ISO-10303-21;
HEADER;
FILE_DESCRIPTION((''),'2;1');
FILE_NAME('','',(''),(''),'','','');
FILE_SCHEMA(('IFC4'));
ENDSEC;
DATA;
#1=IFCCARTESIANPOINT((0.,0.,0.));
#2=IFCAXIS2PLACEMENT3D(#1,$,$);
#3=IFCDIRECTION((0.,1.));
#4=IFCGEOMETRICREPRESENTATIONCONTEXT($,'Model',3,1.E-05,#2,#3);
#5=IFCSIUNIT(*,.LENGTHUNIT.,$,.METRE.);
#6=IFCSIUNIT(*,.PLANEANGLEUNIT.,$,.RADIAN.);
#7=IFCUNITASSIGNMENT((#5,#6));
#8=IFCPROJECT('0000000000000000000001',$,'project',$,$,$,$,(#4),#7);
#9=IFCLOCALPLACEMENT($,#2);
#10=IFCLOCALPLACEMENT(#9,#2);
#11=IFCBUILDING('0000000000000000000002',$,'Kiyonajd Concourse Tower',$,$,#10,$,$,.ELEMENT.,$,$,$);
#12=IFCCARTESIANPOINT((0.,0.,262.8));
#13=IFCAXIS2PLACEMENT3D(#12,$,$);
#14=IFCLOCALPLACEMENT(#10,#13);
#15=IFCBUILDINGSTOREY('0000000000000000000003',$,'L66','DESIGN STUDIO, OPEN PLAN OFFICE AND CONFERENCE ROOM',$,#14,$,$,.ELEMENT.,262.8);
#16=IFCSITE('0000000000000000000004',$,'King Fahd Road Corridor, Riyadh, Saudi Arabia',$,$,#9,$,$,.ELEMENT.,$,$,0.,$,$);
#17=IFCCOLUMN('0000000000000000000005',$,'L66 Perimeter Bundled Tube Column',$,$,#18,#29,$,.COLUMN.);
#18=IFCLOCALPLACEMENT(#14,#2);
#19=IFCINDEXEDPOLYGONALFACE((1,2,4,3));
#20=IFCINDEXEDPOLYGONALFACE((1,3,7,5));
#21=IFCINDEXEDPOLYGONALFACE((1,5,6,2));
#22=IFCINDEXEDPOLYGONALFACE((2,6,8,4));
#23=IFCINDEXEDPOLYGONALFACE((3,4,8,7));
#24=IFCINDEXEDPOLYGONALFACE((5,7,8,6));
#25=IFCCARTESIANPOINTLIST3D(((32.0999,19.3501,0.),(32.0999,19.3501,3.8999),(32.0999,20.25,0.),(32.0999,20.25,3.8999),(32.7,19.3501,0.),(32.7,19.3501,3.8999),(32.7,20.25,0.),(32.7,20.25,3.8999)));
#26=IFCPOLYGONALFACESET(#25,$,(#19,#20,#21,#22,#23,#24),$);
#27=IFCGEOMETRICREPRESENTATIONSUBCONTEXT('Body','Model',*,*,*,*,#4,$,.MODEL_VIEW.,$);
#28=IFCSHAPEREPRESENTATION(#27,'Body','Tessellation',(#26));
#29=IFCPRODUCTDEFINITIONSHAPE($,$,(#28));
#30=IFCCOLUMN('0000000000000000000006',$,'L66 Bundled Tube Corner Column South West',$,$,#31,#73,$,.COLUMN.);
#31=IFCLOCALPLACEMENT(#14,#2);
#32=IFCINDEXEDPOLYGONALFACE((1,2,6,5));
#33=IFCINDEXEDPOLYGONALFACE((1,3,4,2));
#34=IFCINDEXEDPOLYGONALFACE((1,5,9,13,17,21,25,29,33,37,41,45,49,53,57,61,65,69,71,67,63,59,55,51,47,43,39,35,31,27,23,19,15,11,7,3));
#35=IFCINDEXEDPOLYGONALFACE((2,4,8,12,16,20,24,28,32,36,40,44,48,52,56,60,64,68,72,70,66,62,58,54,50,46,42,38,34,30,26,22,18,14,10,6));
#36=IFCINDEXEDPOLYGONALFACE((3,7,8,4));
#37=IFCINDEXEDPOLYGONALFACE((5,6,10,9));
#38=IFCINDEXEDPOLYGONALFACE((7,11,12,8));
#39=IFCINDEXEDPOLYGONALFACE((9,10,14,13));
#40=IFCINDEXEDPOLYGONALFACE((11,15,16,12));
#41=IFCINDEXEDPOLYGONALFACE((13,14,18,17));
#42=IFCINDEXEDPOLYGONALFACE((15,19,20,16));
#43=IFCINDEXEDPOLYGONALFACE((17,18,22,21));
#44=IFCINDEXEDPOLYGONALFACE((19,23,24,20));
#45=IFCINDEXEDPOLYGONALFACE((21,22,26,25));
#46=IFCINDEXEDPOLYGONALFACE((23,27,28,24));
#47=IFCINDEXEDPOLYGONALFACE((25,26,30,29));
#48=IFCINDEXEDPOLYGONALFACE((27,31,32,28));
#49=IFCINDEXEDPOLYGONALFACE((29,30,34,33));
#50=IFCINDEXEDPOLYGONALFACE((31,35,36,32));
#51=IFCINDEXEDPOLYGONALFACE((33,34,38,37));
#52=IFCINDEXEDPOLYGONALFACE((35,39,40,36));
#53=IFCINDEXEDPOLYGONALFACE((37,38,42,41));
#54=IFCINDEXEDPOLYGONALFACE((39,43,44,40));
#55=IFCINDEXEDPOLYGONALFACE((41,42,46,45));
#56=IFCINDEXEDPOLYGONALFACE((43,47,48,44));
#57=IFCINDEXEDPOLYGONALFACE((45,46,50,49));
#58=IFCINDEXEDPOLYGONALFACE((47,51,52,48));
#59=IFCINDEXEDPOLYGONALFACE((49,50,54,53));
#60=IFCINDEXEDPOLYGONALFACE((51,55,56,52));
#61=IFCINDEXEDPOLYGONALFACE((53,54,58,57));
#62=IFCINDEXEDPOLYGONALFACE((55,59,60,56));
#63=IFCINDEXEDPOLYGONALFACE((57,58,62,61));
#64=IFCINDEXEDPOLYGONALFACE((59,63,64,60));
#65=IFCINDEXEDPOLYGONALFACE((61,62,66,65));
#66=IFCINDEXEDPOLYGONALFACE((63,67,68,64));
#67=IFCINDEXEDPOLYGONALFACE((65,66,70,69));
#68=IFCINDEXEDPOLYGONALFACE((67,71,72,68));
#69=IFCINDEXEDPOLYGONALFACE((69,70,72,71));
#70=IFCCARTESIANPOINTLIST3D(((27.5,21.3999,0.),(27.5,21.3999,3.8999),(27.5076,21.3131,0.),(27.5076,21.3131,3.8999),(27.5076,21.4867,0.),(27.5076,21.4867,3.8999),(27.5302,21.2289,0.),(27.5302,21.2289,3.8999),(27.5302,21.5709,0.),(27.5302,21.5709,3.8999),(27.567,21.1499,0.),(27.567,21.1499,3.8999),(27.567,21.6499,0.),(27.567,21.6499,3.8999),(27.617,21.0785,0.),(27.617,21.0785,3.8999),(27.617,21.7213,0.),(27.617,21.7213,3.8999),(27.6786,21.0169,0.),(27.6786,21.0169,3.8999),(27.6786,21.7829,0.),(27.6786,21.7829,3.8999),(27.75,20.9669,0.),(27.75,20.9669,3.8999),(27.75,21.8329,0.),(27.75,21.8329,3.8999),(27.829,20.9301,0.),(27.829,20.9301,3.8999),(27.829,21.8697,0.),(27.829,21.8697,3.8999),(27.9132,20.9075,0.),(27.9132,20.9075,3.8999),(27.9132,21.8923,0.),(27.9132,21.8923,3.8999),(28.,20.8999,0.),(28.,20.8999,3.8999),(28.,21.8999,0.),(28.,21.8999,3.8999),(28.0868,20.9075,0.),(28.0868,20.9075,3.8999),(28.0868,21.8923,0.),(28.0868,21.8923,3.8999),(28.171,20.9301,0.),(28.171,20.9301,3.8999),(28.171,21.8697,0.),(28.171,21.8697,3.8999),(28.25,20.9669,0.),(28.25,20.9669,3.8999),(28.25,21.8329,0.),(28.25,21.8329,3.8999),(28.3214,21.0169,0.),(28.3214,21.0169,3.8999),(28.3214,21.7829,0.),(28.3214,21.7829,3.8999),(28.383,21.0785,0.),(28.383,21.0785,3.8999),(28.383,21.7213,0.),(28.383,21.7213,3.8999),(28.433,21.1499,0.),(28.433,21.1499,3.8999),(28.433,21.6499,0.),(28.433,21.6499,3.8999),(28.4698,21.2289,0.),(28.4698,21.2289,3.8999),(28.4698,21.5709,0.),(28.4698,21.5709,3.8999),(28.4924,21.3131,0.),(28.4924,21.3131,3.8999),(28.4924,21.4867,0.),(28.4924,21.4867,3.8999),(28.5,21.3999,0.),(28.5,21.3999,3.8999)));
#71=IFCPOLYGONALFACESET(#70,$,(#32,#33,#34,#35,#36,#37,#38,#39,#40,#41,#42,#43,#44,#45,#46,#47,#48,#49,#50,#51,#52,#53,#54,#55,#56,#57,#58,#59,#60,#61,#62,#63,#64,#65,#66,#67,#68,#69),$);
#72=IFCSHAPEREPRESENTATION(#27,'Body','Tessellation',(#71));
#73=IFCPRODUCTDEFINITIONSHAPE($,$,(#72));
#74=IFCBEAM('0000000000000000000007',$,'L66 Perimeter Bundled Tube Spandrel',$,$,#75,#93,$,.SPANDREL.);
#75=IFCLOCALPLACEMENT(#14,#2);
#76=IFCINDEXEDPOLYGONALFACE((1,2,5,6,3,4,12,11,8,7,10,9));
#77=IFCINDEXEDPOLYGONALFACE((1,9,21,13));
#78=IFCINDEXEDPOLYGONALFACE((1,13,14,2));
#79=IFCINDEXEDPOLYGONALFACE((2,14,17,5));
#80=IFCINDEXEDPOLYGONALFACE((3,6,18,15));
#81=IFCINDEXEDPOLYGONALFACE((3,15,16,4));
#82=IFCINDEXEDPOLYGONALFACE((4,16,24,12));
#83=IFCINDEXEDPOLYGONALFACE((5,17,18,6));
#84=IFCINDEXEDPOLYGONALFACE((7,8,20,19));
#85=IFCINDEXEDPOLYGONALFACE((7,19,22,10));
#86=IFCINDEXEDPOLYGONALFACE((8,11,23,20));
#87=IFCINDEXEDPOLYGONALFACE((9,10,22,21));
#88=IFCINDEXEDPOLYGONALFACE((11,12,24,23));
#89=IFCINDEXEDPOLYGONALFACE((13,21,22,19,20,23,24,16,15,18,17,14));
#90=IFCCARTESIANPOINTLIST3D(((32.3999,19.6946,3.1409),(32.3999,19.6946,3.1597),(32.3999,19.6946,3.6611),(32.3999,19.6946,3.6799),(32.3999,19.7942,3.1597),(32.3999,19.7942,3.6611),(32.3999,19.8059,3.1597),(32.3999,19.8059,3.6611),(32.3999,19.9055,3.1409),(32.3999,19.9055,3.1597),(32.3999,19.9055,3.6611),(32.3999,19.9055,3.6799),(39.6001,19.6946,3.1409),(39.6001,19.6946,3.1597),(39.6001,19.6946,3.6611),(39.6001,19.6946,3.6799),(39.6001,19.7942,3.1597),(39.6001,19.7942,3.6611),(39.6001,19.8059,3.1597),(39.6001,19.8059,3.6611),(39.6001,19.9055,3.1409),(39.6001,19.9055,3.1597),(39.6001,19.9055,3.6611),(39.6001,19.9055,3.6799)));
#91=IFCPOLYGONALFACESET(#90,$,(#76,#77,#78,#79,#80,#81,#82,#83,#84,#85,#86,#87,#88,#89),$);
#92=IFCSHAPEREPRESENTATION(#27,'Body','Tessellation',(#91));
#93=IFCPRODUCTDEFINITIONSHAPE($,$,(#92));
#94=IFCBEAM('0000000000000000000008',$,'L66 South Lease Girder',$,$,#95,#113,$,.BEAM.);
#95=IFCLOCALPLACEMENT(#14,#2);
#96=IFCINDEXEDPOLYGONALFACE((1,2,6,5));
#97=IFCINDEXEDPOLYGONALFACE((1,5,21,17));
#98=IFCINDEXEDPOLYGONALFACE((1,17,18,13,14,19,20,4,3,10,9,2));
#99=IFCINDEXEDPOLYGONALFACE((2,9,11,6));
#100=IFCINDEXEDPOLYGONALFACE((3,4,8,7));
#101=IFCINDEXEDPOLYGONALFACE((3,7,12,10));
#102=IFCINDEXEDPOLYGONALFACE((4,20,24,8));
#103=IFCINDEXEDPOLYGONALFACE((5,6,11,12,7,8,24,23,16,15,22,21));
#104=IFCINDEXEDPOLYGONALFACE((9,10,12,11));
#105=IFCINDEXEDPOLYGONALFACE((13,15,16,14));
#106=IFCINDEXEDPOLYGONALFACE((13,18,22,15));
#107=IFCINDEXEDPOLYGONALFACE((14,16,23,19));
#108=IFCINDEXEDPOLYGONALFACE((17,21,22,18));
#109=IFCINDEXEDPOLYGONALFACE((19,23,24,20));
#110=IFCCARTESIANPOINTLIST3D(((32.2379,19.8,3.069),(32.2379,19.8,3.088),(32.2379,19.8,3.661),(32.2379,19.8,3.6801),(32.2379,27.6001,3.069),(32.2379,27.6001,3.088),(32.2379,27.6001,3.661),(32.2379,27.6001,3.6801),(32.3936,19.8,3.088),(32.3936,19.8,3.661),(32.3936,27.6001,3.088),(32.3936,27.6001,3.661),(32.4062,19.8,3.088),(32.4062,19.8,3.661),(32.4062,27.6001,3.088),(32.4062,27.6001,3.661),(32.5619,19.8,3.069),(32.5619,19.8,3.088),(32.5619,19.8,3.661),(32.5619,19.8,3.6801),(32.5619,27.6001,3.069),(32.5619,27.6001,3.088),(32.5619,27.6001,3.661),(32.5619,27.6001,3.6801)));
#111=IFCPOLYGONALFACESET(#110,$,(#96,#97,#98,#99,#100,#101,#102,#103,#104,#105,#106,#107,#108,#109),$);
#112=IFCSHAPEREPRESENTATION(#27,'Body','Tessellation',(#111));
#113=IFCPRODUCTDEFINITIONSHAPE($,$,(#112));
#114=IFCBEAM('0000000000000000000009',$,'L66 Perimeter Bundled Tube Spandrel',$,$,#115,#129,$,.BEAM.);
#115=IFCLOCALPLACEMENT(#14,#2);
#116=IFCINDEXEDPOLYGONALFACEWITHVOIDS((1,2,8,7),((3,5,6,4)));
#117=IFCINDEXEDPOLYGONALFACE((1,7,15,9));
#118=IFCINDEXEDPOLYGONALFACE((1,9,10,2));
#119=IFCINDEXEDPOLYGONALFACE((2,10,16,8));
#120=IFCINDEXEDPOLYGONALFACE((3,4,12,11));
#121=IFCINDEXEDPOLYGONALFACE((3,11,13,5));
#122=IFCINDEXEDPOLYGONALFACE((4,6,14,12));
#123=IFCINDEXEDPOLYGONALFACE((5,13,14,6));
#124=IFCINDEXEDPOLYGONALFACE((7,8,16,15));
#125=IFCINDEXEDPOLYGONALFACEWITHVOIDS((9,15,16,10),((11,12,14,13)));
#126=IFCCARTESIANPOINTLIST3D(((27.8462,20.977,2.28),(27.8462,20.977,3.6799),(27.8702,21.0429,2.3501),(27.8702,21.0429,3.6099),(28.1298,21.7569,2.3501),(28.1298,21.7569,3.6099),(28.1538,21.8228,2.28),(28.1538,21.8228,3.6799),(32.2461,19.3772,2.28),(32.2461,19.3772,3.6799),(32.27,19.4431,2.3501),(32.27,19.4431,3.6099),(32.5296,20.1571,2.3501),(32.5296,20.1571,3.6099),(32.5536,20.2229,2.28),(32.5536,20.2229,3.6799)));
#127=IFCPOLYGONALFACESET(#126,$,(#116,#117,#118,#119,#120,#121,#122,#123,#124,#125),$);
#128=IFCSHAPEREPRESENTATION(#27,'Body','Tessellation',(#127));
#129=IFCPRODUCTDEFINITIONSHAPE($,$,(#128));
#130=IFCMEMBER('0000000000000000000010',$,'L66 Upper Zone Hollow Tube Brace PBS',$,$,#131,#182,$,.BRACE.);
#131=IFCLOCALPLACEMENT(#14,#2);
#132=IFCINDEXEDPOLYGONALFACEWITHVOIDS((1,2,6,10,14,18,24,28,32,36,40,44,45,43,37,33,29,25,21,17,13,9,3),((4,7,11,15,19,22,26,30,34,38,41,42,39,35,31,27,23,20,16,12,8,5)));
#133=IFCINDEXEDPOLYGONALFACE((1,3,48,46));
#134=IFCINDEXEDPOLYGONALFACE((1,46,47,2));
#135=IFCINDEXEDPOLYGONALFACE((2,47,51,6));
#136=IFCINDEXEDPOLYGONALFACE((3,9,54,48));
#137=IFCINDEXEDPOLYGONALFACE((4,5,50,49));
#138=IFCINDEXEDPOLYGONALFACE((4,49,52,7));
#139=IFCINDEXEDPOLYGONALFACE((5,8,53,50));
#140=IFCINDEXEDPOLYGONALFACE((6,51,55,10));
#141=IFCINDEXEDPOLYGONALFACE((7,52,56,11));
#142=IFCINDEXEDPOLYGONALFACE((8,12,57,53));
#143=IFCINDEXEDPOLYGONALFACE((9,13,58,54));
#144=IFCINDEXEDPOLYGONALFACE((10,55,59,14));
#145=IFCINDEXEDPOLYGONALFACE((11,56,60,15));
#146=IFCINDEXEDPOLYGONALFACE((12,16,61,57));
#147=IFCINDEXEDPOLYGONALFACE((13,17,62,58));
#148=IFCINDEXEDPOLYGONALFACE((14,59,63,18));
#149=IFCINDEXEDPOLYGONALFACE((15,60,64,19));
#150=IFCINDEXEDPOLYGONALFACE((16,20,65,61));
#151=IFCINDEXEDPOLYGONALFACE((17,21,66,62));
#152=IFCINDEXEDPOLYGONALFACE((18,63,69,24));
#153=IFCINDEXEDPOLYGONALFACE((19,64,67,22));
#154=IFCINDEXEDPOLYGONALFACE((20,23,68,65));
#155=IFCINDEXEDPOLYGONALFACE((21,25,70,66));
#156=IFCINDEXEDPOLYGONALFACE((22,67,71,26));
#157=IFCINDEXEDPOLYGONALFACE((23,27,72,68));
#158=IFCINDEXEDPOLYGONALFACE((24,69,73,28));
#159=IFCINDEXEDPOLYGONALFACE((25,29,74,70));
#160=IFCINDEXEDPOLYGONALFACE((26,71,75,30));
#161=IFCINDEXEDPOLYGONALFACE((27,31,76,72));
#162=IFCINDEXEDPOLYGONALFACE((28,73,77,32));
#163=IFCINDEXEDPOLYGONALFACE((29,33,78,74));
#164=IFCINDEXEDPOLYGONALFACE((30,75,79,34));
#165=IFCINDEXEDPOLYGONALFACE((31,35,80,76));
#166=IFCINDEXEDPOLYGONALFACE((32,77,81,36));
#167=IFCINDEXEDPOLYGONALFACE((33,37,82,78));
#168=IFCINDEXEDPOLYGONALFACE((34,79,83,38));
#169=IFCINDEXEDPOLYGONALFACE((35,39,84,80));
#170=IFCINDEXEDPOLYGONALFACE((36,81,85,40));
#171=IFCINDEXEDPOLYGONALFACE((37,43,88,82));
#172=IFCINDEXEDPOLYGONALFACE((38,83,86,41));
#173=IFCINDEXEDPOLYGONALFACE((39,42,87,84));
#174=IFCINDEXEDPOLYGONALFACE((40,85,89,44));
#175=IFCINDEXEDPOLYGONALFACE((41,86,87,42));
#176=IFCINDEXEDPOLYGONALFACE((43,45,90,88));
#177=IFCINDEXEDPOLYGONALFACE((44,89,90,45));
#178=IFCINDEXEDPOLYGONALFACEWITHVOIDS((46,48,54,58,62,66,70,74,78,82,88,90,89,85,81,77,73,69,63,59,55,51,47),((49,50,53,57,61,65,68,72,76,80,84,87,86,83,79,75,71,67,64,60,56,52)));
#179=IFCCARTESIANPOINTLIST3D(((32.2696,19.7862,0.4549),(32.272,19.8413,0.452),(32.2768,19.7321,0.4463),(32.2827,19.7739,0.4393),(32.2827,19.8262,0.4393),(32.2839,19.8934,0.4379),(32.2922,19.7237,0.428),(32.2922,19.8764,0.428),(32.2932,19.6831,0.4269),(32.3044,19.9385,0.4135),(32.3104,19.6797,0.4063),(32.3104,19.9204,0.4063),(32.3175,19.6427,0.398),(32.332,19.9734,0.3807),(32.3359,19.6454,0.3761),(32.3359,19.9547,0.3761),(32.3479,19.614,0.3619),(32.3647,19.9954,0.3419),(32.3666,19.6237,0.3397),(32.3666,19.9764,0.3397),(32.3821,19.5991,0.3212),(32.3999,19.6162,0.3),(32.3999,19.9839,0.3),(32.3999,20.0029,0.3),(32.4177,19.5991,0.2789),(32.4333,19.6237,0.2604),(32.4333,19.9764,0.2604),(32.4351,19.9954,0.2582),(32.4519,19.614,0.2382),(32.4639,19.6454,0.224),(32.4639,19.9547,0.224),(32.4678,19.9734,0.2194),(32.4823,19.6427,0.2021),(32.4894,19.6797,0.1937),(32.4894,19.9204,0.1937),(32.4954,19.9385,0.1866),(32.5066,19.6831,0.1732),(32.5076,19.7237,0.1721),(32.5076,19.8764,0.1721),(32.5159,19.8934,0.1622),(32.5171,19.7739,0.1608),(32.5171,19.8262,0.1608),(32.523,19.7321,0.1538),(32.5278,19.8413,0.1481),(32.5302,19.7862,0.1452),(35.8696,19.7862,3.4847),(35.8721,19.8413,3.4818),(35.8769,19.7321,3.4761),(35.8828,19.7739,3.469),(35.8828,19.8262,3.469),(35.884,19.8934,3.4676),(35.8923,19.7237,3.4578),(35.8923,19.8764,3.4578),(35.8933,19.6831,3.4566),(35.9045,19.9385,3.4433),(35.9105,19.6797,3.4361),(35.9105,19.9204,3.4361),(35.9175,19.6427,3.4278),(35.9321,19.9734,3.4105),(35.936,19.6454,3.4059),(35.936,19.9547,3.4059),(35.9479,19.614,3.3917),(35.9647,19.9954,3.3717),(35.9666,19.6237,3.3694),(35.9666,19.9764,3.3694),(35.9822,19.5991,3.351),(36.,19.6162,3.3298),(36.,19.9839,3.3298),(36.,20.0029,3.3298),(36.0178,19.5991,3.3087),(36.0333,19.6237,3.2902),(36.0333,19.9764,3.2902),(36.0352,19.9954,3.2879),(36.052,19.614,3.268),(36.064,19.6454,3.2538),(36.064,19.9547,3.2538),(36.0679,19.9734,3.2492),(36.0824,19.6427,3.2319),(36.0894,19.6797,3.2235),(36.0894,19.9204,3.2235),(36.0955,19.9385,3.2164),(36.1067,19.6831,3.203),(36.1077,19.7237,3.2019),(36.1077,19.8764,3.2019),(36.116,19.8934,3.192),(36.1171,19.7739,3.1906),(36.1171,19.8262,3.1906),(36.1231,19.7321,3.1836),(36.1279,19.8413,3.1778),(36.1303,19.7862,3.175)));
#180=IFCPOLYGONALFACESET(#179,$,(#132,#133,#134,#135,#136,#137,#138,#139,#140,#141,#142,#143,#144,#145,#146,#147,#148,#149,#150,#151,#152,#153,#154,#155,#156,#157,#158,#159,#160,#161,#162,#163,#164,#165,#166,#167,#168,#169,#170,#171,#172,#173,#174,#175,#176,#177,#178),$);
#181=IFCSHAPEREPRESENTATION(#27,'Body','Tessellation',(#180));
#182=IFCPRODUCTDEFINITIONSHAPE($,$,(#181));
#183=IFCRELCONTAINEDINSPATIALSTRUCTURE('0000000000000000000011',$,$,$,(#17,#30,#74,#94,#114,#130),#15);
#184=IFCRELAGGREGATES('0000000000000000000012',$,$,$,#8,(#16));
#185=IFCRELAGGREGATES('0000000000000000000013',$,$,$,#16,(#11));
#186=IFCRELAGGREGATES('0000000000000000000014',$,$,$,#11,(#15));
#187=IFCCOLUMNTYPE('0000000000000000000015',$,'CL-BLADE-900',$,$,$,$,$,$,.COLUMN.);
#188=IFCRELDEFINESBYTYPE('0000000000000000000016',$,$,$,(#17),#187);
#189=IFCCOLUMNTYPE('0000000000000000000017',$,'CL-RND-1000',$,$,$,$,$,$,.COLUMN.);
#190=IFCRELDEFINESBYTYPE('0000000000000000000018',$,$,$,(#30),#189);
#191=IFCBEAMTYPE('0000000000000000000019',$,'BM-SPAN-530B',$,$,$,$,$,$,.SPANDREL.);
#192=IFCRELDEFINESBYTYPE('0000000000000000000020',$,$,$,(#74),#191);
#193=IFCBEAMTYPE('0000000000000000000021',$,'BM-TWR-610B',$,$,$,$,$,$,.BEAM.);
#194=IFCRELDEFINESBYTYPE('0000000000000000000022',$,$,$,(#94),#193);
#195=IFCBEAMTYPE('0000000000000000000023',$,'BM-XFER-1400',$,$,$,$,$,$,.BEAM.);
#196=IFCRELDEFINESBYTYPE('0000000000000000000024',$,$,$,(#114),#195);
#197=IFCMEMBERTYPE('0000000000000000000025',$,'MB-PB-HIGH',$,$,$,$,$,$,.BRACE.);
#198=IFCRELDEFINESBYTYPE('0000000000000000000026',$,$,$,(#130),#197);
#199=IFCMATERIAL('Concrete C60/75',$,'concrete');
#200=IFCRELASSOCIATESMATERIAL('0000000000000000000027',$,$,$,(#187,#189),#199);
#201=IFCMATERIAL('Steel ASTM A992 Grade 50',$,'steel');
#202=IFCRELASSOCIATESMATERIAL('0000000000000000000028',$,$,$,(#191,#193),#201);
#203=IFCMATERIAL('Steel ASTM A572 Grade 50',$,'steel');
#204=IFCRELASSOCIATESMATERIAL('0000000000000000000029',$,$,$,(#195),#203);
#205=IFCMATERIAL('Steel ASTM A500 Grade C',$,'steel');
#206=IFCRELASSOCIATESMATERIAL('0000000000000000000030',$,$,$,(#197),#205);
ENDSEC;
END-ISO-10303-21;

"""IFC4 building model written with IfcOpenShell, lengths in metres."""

from ifc_helpers import new_model, si_unit, direction, frame, origin, origin_2d, place, context, subcontext, project, spatial, rectangle, hollow_rectangle, circle, hollow_circle, i_section, extrude, material, material_profile, profile_set, type_object, element, save


model = new_model("IFC4")

# Units and contexts
model_context = context("Model", 3, precision=1e-05, world=origin(), true_north=direction((0.0, 1.0)))
body_context = subcontext(model_context, "Body", "Model", "MODEL_VIEW")
ifc_project = project(units=[si_unit("LENGTHUNIT", "METRE"), si_unit("PLANEANGLEUNIT", "RADIAN")], contexts=[model_context])

# Site, building, storey
site_placement = place(None, origin())
site = spatial("IfcSite", under=ifc_project, at=site_placement, Name="King Fahd Road Corridor, Riyadh, Saudi Arabia", CompositionType="ELEMENT", RefElevation=0.0)
building_placement = place(site_placement, origin())
building = spatial("IfcBuilding", under=site, at=building_placement, Name="Kiyonajd Concourse Tower", CompositionType="ELEMENT")
storey_placement = place(building_placement, frame((0.0, 0.0, 262.8)))
storey = spatial("IfcBuildingStorey", under=building, at=storey_placement, Name="L66", Description="DESIGN STUDIO, OPEN PLAN OFFICE AND CONFERENCE ROOM", CompositionType="ELEMENT", Elevation=262.8)

# Columns
ifc_material_1 = material(Name="Concrete C60/75", Category="concrete")
ifc_material_profile_1 = material_profile(ifc_material_1, rectangle(XDim=0.6001, YDim=0.8999, at=origin_2d()), Name="RC-900x600")
ifc_profile_set_1 = profile_set([ifc_material_profile_1], Name="Concrete C60/75")
column_type_1 = type_object("IfcColumnType", Name="CL-BLADE-900", PredefinedType="COLUMN", material=ifc_profile_set_1)
column_1_placement = place(storey_placement, frame((32.3999, 19.8, 0.0), z_axis=(0.0, 0.0, 1.0), x_axis=(1.0, 0.0, 0.0)))
element("IfcColumn", 1, at=column_1_placement, inside=storey, type_object=column_type_1, Name="L66 Perimeter Bundled Tube Column", PredefinedType="COLUMN", context=body_context, shape_type="SweptSolid", body=[
    extrude(rectangle(XDim=0.6001, YDim=0.8999, at=origin_2d()), origin(), (0.0, 0.0, 1.0), 3.8999),
])
ifc_material_profile_2 = material_profile(ifc_material_1, circle(Radius=0.5, at=origin_2d()), Name="RCC-D1000")
ifc_profile_set_2 = profile_set([ifc_material_profile_2], Name="Concrete C60/75")
column_type_2 = type_object("IfcColumnType", Name="CL-RND-1000", PredefinedType="COLUMN", material=ifc_profile_set_2)
column_2_placement = place(storey_placement, frame((28.0, 21.3999, 0.0), z_axis=(0.0, 0.0, 1.0), x_axis=(1.0, 0.0, 0.0)))
element("IfcColumn", 2, at=column_2_placement, inside=storey, type_object=column_type_2, Name="L66 Bundled Tube Corner Column South West", PredefinedType="COLUMN", context=body_context, shape_type="SweptSolid", body=[
    extrude(circle(Radius=0.5, at=origin_2d()), origin(), (0.0, 0.0, 1.0), 3.8999),
])

# Beams
ifc_material_2 = material(Name="Steel ASTM A992 Grade 50", Category="steel")
ifc_material_profile_3 = material_profile(ifc_material_2, i_section(OverallWidth=0.2109, OverallDepth=0.5391, WebThickness=0.0117, FlangeThickness=0.0188, at=origin_2d()), Name="W530X109")
ifc_profile_set_3 = profile_set([ifc_material_profile_3], Name="Steel ASTM A992 Grade 50")
beam_type_1 = type_object("IfcBeamType", Name="BM-SPAN-530B", PredefinedType="SPANDREL", material=ifc_profile_set_3)
beam_1_placement = place(storey_placement, frame((32.3999, 19.8, 3.4104), z_axis=(1.0, 0.0, 0.0), x_axis=(0.0, 1.0, 0.0)))
element("IfcBeam", 3, at=beam_1_placement, inside=storey, type_object=beam_type_1, Name="L66 Perimeter Bundled Tube Spandrel", PredefinedType="SPANDREL", context=body_context, shape_type="SweptSolid", body=[
    extrude(i_section(OverallWidth=0.2109, OverallDepth=0.5391, WebThickness=0.0117, FlangeThickness=0.0188, at=origin_2d()), origin(), (0.0, 0.0, 1.0), 7.2002),
])
ifc_material_profile_4 = material_profile(ifc_material_2, i_section(OverallWidth=0.324, OverallDepth=0.6111, WebThickness=0.0127, FlangeThickness=0.019, at=origin_2d()), Name="W610X155")
ifc_profile_set_4 = profile_set([ifc_material_profile_4], Name="Steel ASTM A992 Grade 50")
beam_type_2 = type_object("IfcBeamType", Name="BM-TWR-610B", PredefinedType="BEAM", material=ifc_profile_set_4)
beam_2_placement = place(storey_placement, frame((32.3999, 19.8, 3.3745), z_axis=(0.0, 1.0, 0.0), x_axis=(-1.0, 0.0, 0.0)))
element("IfcBeam", 4, at=beam_2_placement, inside=storey, type_object=beam_type_2, Name="L66 South Lease Girder", PredefinedType="BEAM", context=body_context, shape_type="SweptSolid", body=[
    extrude(i_section(OverallWidth=0.324, OverallDepth=0.6111, WebThickness=0.0127, FlangeThickness=0.019, at=origin_2d()), origin(), (0.0, 0.0, 1.0), 7.8),
])
ifc_material_3 = material(Name="Steel ASTM A572 Grade 50", Category="steel")
ifc_material_profile_5 = material_profile(ifc_material_3, hollow_rectangle(XDim=0.8999, YDim=1.3999, WallThickness=0.0701, at=origin_2d()), Name="BOX-1400x900x70")
ifc_profile_set_5 = profile_set([ifc_material_profile_5], Name="Steel ASTM A572 Grade 50")
beam_type_3 = type_object("IfcBeamType", Name="BM-XFER-1400", PredefinedType="BEAM", material=ifc_profile_set_5)
beam_3_placement = place(storey_placement, frame((28.0, 21.3999, 2.98), z_axis=(0.939801, -0.341722, 0.0), x_axis=(0.341722, 0.939801, 0.0)))
element("IfcBeam", 5, at=beam_3_placement, inside=storey, type_object=beam_type_3, Name="L66 Perimeter Bundled Tube Spandrel", PredefinedType="BEAM", context=body_context, shape_type="SweptSolid", body=[
    extrude(hollow_rectangle(XDim=0.8999, YDim=1.3999, WallThickness=0.0701, at=origin_2d()), origin(), (0.0, 0.0, 1.0), 4.6816),
])

# Member
ifc_material_4 = material(Name="Steel ASTM A500 Grade C", Category="steel")
ifc_material_profile_6 = material_profile(ifc_material_4, hollow_circle(Radius=0.2029, WallThickness=0.019, at=origin_2d()), Name="CHS-406x19")
ifc_profile_set_6 = profile_set([ifc_material_profile_6], Name="Steel ASTM A500 Grade C")
member_type = type_object("IfcMemberType", Name="MB-PB-HIGH", PredefinedType="BRACE", material=ifc_profile_set_6)
member_placement = place(storey_placement, frame((32.3999, 19.8, 0.3), z_axis=(0.765108, 0.0, 0.643902), x_axis=(0.0, 1.0, 0.0)))
element("IfcMember", 6, at=member_placement, inside=storey, type_object=member_type, Name="L66 Upper Zone Hollow Tube Brace PBS", PredefinedType="BRACE", context=body_context, shape_type="SweptSolid", body=[
    extrude(hollow_circle(Radius=0.2029, WallThickness=0.019, at=origin_2d()), origin(), (0.0, 0.0, 1.0), 4.7053),
])

save(model, "model.ifc")
